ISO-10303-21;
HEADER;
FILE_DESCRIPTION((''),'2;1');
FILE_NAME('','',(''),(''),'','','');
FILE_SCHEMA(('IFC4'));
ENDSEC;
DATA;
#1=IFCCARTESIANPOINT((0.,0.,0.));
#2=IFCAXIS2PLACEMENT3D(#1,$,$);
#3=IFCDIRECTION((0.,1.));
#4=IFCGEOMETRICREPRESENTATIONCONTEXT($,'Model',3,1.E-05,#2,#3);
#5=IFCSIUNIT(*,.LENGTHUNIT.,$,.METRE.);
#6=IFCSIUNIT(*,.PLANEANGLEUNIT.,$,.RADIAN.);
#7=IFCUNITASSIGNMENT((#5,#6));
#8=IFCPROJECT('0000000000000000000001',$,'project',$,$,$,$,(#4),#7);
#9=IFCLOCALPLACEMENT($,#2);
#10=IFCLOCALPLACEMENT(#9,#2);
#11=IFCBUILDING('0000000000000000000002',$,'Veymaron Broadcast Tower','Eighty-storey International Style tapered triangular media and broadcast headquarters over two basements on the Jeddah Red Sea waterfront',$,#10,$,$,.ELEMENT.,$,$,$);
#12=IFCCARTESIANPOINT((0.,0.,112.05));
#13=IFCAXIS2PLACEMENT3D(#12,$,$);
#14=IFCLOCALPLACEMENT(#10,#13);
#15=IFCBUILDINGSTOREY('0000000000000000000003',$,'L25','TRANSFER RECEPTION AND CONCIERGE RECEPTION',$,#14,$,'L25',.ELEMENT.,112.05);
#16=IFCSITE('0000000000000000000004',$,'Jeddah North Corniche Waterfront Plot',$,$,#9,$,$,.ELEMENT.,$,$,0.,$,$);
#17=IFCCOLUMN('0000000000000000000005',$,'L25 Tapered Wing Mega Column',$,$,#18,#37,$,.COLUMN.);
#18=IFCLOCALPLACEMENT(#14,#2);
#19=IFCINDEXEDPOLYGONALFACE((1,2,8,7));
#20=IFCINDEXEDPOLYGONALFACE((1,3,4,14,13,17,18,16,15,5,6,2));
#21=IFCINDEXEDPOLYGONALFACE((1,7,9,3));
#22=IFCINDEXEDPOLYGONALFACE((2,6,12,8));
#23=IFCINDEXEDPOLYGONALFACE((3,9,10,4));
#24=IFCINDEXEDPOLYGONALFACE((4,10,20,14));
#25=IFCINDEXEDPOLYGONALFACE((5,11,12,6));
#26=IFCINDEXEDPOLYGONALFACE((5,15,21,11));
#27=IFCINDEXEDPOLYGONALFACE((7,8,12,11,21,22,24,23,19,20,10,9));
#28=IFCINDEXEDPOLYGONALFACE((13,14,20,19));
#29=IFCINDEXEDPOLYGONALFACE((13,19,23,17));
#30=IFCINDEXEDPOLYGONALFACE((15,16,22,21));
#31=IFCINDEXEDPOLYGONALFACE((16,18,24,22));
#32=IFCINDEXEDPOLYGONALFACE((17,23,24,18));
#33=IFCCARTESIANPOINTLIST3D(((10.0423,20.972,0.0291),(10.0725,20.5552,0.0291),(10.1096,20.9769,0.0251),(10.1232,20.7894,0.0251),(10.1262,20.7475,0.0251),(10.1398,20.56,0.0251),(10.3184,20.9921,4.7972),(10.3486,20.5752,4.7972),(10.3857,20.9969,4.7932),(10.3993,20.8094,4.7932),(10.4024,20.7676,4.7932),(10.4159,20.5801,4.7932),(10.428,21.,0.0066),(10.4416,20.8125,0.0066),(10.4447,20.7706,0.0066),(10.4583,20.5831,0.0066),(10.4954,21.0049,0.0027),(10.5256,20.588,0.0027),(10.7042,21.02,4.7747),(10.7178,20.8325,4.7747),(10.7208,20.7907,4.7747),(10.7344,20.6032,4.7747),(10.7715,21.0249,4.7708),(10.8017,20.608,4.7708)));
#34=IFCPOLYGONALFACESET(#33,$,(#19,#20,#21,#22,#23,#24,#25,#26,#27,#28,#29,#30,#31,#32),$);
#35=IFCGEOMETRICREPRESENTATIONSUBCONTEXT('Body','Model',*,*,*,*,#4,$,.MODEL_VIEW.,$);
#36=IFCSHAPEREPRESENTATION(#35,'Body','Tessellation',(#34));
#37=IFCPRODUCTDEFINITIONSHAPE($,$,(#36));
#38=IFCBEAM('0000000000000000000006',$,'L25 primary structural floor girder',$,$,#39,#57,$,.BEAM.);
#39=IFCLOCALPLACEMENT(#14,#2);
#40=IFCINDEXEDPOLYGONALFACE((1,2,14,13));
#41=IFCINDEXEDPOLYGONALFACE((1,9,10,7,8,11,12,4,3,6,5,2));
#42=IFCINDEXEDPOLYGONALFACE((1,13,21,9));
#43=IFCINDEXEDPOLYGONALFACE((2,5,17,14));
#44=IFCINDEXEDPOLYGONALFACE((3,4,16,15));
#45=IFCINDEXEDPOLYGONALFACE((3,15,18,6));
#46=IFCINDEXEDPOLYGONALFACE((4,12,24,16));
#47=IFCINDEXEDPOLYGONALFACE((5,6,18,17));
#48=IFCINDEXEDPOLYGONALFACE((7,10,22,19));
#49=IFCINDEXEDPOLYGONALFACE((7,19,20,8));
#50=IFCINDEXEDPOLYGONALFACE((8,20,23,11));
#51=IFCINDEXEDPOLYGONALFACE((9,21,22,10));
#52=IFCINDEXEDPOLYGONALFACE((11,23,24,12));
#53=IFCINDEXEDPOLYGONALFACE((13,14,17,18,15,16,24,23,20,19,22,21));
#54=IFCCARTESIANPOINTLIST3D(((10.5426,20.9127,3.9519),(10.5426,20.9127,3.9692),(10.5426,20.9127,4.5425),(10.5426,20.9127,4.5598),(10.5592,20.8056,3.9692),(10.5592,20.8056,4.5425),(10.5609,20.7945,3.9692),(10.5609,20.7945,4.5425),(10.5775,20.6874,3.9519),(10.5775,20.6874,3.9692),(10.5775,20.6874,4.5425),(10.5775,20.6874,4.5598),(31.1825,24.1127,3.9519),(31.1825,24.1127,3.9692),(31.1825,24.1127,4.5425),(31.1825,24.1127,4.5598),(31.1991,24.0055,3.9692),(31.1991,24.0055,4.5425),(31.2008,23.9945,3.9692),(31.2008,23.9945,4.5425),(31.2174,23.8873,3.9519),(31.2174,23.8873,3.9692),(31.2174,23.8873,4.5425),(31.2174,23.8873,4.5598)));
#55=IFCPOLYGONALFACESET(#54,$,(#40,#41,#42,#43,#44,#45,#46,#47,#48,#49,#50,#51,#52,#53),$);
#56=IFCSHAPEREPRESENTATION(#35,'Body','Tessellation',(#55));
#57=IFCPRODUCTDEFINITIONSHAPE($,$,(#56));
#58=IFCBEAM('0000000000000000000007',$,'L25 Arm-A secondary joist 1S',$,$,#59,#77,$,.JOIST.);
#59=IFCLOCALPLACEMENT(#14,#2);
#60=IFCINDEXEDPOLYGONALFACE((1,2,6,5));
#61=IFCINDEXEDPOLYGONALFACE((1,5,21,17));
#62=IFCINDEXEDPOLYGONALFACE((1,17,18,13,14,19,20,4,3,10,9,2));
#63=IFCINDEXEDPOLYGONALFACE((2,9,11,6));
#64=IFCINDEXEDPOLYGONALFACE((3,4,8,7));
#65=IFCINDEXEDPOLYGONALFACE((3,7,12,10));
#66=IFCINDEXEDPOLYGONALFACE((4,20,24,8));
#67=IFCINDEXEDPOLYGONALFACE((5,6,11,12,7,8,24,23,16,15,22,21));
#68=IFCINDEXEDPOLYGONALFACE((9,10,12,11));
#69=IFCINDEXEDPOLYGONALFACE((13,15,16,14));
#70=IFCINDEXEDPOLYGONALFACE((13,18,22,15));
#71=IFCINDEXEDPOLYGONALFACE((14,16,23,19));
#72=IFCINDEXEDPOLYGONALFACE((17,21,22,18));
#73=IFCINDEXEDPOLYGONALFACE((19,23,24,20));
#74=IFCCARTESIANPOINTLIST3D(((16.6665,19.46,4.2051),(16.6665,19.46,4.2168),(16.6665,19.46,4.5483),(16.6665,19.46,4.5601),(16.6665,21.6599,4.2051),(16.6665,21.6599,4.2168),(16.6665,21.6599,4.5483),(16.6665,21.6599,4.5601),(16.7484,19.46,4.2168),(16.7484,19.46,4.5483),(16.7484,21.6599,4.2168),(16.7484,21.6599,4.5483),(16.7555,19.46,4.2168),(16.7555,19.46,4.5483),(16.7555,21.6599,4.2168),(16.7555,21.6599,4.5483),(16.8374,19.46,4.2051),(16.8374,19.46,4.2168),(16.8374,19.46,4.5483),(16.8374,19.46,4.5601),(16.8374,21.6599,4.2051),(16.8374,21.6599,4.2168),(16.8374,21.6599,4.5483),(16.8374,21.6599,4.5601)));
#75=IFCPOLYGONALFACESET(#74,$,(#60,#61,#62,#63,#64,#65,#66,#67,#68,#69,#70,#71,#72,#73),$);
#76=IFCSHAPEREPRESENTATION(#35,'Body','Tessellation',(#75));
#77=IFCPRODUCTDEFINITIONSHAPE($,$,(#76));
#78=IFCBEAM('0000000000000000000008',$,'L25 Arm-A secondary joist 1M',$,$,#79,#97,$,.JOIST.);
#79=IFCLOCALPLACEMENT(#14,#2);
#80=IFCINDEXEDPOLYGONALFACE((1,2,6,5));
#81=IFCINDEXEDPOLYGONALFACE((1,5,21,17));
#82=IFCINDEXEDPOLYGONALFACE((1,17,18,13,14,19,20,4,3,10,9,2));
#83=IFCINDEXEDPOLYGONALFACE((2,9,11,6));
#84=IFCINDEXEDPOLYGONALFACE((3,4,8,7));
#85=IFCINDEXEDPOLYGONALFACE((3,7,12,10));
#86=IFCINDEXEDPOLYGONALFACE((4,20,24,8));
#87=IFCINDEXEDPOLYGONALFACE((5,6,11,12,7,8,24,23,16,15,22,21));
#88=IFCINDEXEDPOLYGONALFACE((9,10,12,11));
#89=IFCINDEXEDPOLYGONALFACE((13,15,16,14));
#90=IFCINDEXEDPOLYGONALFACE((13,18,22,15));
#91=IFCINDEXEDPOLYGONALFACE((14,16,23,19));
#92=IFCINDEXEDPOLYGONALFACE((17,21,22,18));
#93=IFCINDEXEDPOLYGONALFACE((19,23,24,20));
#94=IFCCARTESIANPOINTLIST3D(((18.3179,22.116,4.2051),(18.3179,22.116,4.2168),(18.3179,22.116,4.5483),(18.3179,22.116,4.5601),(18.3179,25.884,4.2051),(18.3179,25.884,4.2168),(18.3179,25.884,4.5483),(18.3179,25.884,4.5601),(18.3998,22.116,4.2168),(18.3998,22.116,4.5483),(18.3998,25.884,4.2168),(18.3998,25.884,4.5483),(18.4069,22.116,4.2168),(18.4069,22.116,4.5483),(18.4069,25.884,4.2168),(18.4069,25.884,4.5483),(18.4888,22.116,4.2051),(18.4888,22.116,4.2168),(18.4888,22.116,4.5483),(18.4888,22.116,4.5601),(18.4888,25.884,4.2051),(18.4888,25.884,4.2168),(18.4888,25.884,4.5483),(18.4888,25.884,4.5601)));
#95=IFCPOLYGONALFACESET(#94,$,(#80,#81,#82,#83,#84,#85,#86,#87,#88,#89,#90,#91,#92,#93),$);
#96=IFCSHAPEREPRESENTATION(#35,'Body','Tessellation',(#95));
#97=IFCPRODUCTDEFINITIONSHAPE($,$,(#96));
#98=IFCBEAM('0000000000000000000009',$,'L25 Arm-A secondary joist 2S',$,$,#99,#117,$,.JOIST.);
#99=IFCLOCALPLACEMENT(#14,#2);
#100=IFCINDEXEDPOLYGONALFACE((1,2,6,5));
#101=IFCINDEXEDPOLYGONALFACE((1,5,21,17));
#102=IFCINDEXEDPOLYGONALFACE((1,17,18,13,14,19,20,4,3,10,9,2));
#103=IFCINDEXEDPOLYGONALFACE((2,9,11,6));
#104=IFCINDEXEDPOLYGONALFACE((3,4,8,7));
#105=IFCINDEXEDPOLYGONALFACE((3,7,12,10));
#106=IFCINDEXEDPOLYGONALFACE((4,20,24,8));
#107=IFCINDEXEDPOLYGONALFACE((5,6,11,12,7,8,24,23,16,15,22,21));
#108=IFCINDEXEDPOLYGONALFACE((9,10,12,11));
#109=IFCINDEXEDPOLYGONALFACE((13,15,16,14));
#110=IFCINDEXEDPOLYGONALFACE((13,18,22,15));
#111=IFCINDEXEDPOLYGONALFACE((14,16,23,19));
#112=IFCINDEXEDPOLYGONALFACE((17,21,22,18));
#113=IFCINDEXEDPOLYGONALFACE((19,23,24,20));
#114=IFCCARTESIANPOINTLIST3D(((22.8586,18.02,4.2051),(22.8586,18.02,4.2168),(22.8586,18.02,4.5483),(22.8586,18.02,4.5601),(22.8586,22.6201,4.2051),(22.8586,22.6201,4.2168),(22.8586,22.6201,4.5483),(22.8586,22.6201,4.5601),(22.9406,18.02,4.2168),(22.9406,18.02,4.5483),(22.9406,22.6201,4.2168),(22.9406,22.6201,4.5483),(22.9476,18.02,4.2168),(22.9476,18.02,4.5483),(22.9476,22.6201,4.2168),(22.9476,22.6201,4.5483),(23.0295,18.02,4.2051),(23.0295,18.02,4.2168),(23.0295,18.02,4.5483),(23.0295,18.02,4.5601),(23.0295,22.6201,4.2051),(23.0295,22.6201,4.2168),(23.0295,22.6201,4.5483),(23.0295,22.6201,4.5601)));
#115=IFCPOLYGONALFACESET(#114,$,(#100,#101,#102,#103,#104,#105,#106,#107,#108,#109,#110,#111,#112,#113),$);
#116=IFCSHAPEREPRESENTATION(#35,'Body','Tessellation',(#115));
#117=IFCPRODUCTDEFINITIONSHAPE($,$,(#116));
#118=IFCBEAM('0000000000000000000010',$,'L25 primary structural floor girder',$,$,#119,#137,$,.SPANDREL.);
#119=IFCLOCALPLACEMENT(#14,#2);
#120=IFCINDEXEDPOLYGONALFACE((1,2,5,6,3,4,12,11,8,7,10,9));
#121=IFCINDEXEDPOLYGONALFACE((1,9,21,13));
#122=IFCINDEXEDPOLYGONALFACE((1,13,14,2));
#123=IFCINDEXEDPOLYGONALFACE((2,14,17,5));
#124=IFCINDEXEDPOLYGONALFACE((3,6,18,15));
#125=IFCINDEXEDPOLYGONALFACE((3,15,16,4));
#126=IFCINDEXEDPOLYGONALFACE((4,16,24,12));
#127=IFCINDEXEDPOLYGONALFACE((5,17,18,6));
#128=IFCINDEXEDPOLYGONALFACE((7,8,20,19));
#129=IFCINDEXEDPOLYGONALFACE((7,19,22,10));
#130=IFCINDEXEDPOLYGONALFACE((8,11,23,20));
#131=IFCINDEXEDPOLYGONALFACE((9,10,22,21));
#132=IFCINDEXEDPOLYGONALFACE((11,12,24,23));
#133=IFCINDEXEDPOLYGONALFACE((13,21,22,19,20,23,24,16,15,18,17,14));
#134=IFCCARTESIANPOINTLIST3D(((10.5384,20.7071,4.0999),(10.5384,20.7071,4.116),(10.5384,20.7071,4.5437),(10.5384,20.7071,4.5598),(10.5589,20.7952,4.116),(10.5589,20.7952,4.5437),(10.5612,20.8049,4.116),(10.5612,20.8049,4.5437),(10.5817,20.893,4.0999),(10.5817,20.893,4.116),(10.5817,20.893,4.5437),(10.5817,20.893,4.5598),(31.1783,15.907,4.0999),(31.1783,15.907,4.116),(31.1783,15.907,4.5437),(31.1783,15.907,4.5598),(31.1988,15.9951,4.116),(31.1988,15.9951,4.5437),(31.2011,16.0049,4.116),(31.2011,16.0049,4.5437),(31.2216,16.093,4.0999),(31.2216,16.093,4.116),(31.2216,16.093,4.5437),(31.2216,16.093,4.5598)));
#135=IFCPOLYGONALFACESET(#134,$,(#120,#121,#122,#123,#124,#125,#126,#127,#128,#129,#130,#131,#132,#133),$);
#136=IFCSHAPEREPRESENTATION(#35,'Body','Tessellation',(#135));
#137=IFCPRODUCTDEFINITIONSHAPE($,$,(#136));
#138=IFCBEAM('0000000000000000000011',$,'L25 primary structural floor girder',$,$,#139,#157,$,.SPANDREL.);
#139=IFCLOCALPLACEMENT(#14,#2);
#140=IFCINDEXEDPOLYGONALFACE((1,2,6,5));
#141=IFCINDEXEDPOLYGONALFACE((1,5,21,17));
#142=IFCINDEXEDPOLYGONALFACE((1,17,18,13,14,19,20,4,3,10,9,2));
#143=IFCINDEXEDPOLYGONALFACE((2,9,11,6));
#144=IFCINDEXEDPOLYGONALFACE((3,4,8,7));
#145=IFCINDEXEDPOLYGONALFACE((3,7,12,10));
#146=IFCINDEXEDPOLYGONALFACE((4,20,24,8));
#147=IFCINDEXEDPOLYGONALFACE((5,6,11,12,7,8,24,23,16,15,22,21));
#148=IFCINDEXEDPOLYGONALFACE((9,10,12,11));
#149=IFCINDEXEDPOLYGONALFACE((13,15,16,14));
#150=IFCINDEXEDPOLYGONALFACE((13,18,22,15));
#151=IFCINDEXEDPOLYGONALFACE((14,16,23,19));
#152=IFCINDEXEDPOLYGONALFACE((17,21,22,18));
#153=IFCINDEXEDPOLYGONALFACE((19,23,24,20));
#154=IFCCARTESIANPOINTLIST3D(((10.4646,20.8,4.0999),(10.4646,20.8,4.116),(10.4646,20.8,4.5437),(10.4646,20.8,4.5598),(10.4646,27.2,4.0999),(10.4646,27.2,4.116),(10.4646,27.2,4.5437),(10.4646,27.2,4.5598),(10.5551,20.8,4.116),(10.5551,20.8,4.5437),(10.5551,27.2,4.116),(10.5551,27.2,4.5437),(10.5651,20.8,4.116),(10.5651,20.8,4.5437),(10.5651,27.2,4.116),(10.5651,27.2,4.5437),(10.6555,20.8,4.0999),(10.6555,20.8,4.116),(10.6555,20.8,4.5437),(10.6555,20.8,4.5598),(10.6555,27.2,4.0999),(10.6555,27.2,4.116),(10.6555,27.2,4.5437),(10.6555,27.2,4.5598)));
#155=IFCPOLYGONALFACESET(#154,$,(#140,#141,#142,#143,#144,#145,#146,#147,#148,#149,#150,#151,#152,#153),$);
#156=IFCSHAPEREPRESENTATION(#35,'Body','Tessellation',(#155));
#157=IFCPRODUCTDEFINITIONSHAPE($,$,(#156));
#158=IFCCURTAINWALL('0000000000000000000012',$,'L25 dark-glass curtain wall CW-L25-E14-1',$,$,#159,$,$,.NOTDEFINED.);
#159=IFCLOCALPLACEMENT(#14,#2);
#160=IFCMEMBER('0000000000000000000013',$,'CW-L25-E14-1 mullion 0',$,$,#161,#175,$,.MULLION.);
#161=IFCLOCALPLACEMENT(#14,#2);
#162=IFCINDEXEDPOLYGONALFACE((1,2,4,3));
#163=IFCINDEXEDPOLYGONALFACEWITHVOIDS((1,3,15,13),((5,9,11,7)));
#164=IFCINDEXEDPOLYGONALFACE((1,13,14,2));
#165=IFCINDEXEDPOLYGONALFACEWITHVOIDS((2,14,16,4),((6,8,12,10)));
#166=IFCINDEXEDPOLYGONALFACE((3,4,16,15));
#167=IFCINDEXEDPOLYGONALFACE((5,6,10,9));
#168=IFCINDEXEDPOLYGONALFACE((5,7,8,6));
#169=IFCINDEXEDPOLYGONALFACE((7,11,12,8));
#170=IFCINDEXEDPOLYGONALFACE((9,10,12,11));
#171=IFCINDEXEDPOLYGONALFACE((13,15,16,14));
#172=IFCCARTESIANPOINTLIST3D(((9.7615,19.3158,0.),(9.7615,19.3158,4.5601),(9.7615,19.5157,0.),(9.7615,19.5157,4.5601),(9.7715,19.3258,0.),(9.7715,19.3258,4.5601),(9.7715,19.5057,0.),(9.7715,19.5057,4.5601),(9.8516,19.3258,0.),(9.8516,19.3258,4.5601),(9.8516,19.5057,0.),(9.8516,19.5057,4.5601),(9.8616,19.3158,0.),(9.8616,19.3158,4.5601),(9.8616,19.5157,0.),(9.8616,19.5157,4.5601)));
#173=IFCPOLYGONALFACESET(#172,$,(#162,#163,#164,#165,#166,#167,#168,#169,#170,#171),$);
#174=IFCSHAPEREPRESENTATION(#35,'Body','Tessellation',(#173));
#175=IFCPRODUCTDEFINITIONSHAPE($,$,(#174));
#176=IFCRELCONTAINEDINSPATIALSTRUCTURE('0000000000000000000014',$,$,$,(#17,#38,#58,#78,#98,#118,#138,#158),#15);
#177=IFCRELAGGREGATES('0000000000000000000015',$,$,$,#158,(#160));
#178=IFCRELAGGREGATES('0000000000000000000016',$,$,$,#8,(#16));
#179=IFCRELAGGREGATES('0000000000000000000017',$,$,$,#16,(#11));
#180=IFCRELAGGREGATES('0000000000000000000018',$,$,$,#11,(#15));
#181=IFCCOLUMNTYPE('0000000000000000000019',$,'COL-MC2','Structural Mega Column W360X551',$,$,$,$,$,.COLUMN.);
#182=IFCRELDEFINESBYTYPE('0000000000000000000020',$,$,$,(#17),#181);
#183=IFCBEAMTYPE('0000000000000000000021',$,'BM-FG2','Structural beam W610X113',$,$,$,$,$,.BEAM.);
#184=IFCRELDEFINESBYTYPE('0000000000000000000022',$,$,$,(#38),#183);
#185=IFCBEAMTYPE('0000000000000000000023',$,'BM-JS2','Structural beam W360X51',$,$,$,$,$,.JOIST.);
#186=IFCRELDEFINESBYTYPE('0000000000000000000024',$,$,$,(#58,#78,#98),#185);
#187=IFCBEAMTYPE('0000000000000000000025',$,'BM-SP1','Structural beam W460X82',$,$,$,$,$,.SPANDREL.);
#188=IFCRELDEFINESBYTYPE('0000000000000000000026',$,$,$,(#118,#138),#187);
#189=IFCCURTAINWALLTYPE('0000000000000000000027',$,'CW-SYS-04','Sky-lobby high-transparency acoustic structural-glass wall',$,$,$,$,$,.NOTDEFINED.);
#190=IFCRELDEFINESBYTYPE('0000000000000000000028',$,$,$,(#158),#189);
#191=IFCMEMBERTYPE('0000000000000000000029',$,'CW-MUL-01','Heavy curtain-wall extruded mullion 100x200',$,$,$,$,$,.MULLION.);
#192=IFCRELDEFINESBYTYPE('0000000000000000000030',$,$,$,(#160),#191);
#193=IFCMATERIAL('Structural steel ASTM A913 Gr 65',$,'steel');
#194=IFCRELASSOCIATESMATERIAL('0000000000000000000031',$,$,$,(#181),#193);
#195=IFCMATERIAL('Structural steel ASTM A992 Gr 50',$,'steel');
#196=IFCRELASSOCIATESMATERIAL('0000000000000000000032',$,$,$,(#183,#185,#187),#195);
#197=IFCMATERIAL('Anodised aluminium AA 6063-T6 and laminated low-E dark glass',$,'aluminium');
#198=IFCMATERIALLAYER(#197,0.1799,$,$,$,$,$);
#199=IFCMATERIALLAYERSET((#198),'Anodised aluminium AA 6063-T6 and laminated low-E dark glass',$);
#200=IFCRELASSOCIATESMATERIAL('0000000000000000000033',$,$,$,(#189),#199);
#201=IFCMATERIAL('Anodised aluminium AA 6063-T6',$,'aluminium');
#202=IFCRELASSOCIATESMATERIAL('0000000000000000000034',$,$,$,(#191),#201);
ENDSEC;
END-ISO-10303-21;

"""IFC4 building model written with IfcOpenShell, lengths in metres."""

from ifc_helpers import new_model, si_unit, direction, frame, origin, origin_2d, place, context, subcontext, project, spatial, hollow_rectangle, i_section, extrude, material, layer, layer_set, material_profile, profile_set, type_object, element, aggregate, save


model = new_model("IFC4")

# Units and contexts
model_context = context("Model", 3, precision=1e-05, world=origin(), true_north=direction((0.0, 1.0)))
body_context = subcontext(model_context, "Body", "Model", "MODEL_VIEW")
ifc_project = project(units=[si_unit("LENGTHUNIT", "METRE"), si_unit("PLANEANGLEUNIT", "RADIAN")], contexts=[model_context])

# Site, building, storey
site_placement = place(None, origin())
site = spatial("IfcSite", under=ifc_project, at=site_placement, Name="Jeddah North Corniche Waterfront Plot", CompositionType="ELEMENT", RefElevation=0.0)
building_placement = place(site_placement, origin())
building = spatial("IfcBuilding", under=site, at=building_placement, Name="Veymaron Broadcast Tower", Description="Eighty-storey International Style tapered triangular media and broadcast headquarters over two basements on the Jeddah Red Sea waterfront", CompositionType="ELEMENT")
storey_placement = place(building_placement, frame((0.0, 0.0, 112.05)))
storey = spatial("IfcBuildingStorey", under=building, at=storey_placement, Name="L25", Description="TRANSFER RECEPTION AND CONCIERGE RECEPTION", LongName="L25", CompositionType="ELEMENT", Elevation=112.05)

# Column
ifc_material_1 = material(Name="Structural steel ASTM A913 Gr 65", Category="steel")
ifc_material_profile_1 = material_profile(ifc_material_1, i_section(OverallWidth=0.418, OverallDepth=0.4551, WebThickness=0.042, FlangeThickness=0.0676, at=origin_2d()), Name="W360X551")
ifc_profile_set_1 = profile_set([ifc_material_profile_1], Name="Structural steel ASTM A913 Gr 65")
column_type = type_object("IfcColumnType", Name="COL-MC2", Description="Structural Mega Column W360X551", PredefinedType="COLUMN", material=ifc_profile_set_1)
column_placement = place(storey_placement, frame((10.2839, 20.78, 0.0159), z_axis=(0.057814, 0.004192, 0.998319), x_axis=(-0.072312, 0.997382, 0.0)))
element("IfcColumn", 1, at=column_placement, inside=storey, type_object=column_type, Name="L25 Tapered Wing Mega Column", PredefinedType="COLUMN", context=body_context, shape_type="SweptSolid", body=[
    extrude(i_section(OverallWidth=0.418, OverallDepth=0.4551, WebThickness=0.042, FlangeThickness=0.0676, at=origin_2d()), origin(), (0.0, 0.0, 1.0), 4.7761),
])

# Beams
ifc_material_2 = material(Name="Structural steel ASTM A992 Gr 50", Category="steel")
ifc_material_profile_2 = material_profile(ifc_material_2, i_section(OverallWidth=0.228, OverallDepth=0.6079, WebThickness=0.0112, FlangeThickness=0.0173, at=origin_2d()), Name="W610X113")
ifc_profile_set_2 = profile_set([ifc_material_profile_2], Name="Structural steel ASTM A992 Gr 50")
beam_type_1 = type_object("IfcBeamType", Name="BM-FG2", Description="Structural beam W610X113", PredefinedType="BEAM", material=ifc_profile_set_2)
beam_1_placement = place(storey_placement, frame((10.5601, 20.8, 4.2559), z_axis=(0.988194, 0.153207, 0.0), x_axis=(-0.153207, 0.988194, 0.0)))
element("IfcBeam", 2, at=beam_1_placement, inside=storey, type_object=beam_type_1, Name="L25 primary structural floor girder", PredefinedType="BEAM", context=body_context, shape_type="SweptSolid", body=[
    extrude(i_section(OverallWidth=0.228, OverallDepth=0.6079, WebThickness=0.0112, FlangeThickness=0.0173, at=origin_2d()), origin(), (0.0, 0.0, 1.0), 20.8865),
])
ifc_material_profile_3 = material_profile(ifc_material_2, i_section(OverallWidth=0.1709, OverallDepth=0.355, WebThickness=0.0071, FlangeThickness=0.0117, at=origin_2d()), Name="W360X51")
ifc_profile_set_3 = profile_set([ifc_material_profile_3], Name="Structural steel ASTM A992 Gr 50")
beam_type_2 = type_object("IfcBeamType", Name="BM-JS2", Description="Structural beam W360X51", PredefinedType="JOIST", material=ifc_profile_set_3)
beam_2_placement = place(storey_placement, frame((16.752, 19.46, 4.3826), z_axis=(0.0, 1.0, 0.0), x_axis=(-1.0, 0.0, 0.0)))
element("IfcBeam", 3, at=beam_2_placement, inside=storey, type_object=beam_type_2, Name="L25 Arm-A secondary joist 1S", PredefinedType="JOIST", context=body_context, shape_type="SweptSolid", body=[
    extrude(i_section(OverallWidth=0.1709, OverallDepth=0.355, WebThickness=0.0071, FlangeThickness=0.0117, at=origin_2d()), origin(), (0.0, 0.0, 1.0), 2.2),
])
beam_3_placement = place(storey_placement, frame((18.4033, 22.116, 4.3826), z_axis=(0.0, 1.0, 0.0), x_axis=(-1.0, 0.0, 0.0)))
element("IfcBeam", 4, at=beam_3_placement, inside=storey, type_object=beam_type_2, Name="L25 Arm-A secondary joist 1M", PredefinedType="JOIST", context=body_context, shape_type="SweptSolid", body=[
    extrude(i_section(OverallWidth=0.1709, OverallDepth=0.355, WebThickness=0.0071, FlangeThickness=0.0117, at=origin_2d()), origin(), (0.0, 0.0, 1.0), 3.7681),
])
beam_4_placement = place(storey_placement, frame((22.9441, 18.02, 4.3826), z_axis=(0.0, 1.0, 0.0), x_axis=(-1.0, 0.0, 0.0)))
element("IfcBeam", 5, at=beam_4_placement, inside=storey, type_object=beam_type_2, Name="L25 Arm-A secondary joist 2S", PredefinedType="JOIST", context=body_context, shape_type="SweptSolid", body=[
    extrude(i_section(OverallWidth=0.1709, OverallDepth=0.355, WebThickness=0.0071, FlangeThickness=0.0117, at=origin_2d()), origin(), (0.0, 0.0, 1.0), 4.6001),
])
ifc_material_profile_4 = material_profile(ifc_material_2, i_section(OverallWidth=0.1909, OverallDepth=0.46, WebThickness=0.01, FlangeThickness=0.0161, at=origin_2d()), Name="W460X82")
ifc_profile_set_4 = profile_set([ifc_material_profile_4], Name="Structural steel ASTM A992 Gr 50")
beam_type_3 = type_object("IfcBeamType", Name="BM-SP1", Description="Structural beam W460X82", PredefinedType="SPANDREL", material=ifc_profile_set_4)
beam_5_placement = place(storey_placement, frame((10.5601, 20.8, 4.3298), z_axis=(0.974007, -0.226517, 0.0), x_axis=(0.226517, 0.974007, 0.0)))
element("IfcBeam", 6, at=beam_5_placement, inside=storey, type_object=beam_type_3, Name="L25 primary structural floor girder", PredefinedType="SPANDREL", context=body_context, shape_type="SweptSolid", body=[
    extrude(i_section(OverallWidth=0.1909, OverallDepth=0.46, WebThickness=0.01, FlangeThickness=0.0161, at=origin_2d()), origin(), (0.0, 0.0, 1.0), 21.1907),
])
beam_6_placement = place(storey_placement, frame((10.5601, 20.8, 4.3298), z_axis=(0.0, 1.0, 0.0), x_axis=(-1.0, 0.0, 0.0)))
element("IfcBeam", 7, at=beam_6_placement, inside=storey, type_object=beam_type_3, Name="L25 primary structural floor girder", PredefinedType="SPANDREL", context=body_context, shape_type="SweptSolid", body=[
    extrude(i_section(OverallWidth=0.1909, OverallDepth=0.46, WebThickness=0.01, FlangeThickness=0.0161, at=origin_2d()), origin(), (0.0, 0.0, 1.0), 6.3999),
])

# Curtain wall, member
ifc_material_3 = material(Name="Anodised aluminium AA 6063-T6 and laminated low-E dark glass", Category="aluminium")
ifc_layer_1 = layer(ifc_material_3, 0.1799)
ifc_layer_set_1 = layer_set([ifc_layer_1], Name="Anodised aluminium AA 6063-T6 and laminated low-E dark glass")
curtain_wall_type = type_object("IfcCurtainWallType", Name="CW-SYS-04", Description="Sky-lobby high-transparency acoustic structural-glass wall", PredefinedType="NOTDEFINED", material=ifc_layer_set_1)
curtain_wall_placement = place(storey_placement, origin())
curtain_wall = element("IfcCurtainWall", 8, at=curtain_wall_placement, inside=storey, type_object=curtain_wall_type, Name="L25 dark-glass curtain wall CW-L25-E14-1", PredefinedType="NOTDEFINED")
ifc_material_4 = material(Name="Anodised aluminium AA 6063-T6", Category="aluminium")
ifc_material_profile_5 = material_profile(ifc_material_4, hollow_rectangle(XDim=0.1001, YDim=0.2, WallThickness=0.01, at=origin_2d()), Name="RHS200X100X10")
ifc_profile_set_5 = profile_set([ifc_material_profile_5], Name="Anodised aluminium AA 6063-T6")
member_type_1 = type_object("IfcMemberType", Name="CW-MUL-01", Description="Heavy curtain-wall extruded mullion 100x200", PredefinedType="MULLION", material=ifc_profile_set_5)
member_1_placement = place(storey_placement, frame((9.8115, 19.4158, 0.0), z_axis=(0.0, 0.0, 1.0), x_axis=(1.0, 0.0, 0.0)))
member_1 = element("IfcMember", 9, at=member_1_placement, type_object=member_type_1, Name="CW-L25-E14-1 mullion 0", PredefinedType="MULLION", context=body_context, shape_type="SweptSolid", body=[
    extrude(hollow_rectangle(XDim=0.1001, YDim=0.2, WallThickness=0.01, at=origin_2d()), origin(), (0.0, 0.0, 1.0), 4.5601),
])
aggregate(curtain_wall, [member_1])

save(model, "model.ifc")
